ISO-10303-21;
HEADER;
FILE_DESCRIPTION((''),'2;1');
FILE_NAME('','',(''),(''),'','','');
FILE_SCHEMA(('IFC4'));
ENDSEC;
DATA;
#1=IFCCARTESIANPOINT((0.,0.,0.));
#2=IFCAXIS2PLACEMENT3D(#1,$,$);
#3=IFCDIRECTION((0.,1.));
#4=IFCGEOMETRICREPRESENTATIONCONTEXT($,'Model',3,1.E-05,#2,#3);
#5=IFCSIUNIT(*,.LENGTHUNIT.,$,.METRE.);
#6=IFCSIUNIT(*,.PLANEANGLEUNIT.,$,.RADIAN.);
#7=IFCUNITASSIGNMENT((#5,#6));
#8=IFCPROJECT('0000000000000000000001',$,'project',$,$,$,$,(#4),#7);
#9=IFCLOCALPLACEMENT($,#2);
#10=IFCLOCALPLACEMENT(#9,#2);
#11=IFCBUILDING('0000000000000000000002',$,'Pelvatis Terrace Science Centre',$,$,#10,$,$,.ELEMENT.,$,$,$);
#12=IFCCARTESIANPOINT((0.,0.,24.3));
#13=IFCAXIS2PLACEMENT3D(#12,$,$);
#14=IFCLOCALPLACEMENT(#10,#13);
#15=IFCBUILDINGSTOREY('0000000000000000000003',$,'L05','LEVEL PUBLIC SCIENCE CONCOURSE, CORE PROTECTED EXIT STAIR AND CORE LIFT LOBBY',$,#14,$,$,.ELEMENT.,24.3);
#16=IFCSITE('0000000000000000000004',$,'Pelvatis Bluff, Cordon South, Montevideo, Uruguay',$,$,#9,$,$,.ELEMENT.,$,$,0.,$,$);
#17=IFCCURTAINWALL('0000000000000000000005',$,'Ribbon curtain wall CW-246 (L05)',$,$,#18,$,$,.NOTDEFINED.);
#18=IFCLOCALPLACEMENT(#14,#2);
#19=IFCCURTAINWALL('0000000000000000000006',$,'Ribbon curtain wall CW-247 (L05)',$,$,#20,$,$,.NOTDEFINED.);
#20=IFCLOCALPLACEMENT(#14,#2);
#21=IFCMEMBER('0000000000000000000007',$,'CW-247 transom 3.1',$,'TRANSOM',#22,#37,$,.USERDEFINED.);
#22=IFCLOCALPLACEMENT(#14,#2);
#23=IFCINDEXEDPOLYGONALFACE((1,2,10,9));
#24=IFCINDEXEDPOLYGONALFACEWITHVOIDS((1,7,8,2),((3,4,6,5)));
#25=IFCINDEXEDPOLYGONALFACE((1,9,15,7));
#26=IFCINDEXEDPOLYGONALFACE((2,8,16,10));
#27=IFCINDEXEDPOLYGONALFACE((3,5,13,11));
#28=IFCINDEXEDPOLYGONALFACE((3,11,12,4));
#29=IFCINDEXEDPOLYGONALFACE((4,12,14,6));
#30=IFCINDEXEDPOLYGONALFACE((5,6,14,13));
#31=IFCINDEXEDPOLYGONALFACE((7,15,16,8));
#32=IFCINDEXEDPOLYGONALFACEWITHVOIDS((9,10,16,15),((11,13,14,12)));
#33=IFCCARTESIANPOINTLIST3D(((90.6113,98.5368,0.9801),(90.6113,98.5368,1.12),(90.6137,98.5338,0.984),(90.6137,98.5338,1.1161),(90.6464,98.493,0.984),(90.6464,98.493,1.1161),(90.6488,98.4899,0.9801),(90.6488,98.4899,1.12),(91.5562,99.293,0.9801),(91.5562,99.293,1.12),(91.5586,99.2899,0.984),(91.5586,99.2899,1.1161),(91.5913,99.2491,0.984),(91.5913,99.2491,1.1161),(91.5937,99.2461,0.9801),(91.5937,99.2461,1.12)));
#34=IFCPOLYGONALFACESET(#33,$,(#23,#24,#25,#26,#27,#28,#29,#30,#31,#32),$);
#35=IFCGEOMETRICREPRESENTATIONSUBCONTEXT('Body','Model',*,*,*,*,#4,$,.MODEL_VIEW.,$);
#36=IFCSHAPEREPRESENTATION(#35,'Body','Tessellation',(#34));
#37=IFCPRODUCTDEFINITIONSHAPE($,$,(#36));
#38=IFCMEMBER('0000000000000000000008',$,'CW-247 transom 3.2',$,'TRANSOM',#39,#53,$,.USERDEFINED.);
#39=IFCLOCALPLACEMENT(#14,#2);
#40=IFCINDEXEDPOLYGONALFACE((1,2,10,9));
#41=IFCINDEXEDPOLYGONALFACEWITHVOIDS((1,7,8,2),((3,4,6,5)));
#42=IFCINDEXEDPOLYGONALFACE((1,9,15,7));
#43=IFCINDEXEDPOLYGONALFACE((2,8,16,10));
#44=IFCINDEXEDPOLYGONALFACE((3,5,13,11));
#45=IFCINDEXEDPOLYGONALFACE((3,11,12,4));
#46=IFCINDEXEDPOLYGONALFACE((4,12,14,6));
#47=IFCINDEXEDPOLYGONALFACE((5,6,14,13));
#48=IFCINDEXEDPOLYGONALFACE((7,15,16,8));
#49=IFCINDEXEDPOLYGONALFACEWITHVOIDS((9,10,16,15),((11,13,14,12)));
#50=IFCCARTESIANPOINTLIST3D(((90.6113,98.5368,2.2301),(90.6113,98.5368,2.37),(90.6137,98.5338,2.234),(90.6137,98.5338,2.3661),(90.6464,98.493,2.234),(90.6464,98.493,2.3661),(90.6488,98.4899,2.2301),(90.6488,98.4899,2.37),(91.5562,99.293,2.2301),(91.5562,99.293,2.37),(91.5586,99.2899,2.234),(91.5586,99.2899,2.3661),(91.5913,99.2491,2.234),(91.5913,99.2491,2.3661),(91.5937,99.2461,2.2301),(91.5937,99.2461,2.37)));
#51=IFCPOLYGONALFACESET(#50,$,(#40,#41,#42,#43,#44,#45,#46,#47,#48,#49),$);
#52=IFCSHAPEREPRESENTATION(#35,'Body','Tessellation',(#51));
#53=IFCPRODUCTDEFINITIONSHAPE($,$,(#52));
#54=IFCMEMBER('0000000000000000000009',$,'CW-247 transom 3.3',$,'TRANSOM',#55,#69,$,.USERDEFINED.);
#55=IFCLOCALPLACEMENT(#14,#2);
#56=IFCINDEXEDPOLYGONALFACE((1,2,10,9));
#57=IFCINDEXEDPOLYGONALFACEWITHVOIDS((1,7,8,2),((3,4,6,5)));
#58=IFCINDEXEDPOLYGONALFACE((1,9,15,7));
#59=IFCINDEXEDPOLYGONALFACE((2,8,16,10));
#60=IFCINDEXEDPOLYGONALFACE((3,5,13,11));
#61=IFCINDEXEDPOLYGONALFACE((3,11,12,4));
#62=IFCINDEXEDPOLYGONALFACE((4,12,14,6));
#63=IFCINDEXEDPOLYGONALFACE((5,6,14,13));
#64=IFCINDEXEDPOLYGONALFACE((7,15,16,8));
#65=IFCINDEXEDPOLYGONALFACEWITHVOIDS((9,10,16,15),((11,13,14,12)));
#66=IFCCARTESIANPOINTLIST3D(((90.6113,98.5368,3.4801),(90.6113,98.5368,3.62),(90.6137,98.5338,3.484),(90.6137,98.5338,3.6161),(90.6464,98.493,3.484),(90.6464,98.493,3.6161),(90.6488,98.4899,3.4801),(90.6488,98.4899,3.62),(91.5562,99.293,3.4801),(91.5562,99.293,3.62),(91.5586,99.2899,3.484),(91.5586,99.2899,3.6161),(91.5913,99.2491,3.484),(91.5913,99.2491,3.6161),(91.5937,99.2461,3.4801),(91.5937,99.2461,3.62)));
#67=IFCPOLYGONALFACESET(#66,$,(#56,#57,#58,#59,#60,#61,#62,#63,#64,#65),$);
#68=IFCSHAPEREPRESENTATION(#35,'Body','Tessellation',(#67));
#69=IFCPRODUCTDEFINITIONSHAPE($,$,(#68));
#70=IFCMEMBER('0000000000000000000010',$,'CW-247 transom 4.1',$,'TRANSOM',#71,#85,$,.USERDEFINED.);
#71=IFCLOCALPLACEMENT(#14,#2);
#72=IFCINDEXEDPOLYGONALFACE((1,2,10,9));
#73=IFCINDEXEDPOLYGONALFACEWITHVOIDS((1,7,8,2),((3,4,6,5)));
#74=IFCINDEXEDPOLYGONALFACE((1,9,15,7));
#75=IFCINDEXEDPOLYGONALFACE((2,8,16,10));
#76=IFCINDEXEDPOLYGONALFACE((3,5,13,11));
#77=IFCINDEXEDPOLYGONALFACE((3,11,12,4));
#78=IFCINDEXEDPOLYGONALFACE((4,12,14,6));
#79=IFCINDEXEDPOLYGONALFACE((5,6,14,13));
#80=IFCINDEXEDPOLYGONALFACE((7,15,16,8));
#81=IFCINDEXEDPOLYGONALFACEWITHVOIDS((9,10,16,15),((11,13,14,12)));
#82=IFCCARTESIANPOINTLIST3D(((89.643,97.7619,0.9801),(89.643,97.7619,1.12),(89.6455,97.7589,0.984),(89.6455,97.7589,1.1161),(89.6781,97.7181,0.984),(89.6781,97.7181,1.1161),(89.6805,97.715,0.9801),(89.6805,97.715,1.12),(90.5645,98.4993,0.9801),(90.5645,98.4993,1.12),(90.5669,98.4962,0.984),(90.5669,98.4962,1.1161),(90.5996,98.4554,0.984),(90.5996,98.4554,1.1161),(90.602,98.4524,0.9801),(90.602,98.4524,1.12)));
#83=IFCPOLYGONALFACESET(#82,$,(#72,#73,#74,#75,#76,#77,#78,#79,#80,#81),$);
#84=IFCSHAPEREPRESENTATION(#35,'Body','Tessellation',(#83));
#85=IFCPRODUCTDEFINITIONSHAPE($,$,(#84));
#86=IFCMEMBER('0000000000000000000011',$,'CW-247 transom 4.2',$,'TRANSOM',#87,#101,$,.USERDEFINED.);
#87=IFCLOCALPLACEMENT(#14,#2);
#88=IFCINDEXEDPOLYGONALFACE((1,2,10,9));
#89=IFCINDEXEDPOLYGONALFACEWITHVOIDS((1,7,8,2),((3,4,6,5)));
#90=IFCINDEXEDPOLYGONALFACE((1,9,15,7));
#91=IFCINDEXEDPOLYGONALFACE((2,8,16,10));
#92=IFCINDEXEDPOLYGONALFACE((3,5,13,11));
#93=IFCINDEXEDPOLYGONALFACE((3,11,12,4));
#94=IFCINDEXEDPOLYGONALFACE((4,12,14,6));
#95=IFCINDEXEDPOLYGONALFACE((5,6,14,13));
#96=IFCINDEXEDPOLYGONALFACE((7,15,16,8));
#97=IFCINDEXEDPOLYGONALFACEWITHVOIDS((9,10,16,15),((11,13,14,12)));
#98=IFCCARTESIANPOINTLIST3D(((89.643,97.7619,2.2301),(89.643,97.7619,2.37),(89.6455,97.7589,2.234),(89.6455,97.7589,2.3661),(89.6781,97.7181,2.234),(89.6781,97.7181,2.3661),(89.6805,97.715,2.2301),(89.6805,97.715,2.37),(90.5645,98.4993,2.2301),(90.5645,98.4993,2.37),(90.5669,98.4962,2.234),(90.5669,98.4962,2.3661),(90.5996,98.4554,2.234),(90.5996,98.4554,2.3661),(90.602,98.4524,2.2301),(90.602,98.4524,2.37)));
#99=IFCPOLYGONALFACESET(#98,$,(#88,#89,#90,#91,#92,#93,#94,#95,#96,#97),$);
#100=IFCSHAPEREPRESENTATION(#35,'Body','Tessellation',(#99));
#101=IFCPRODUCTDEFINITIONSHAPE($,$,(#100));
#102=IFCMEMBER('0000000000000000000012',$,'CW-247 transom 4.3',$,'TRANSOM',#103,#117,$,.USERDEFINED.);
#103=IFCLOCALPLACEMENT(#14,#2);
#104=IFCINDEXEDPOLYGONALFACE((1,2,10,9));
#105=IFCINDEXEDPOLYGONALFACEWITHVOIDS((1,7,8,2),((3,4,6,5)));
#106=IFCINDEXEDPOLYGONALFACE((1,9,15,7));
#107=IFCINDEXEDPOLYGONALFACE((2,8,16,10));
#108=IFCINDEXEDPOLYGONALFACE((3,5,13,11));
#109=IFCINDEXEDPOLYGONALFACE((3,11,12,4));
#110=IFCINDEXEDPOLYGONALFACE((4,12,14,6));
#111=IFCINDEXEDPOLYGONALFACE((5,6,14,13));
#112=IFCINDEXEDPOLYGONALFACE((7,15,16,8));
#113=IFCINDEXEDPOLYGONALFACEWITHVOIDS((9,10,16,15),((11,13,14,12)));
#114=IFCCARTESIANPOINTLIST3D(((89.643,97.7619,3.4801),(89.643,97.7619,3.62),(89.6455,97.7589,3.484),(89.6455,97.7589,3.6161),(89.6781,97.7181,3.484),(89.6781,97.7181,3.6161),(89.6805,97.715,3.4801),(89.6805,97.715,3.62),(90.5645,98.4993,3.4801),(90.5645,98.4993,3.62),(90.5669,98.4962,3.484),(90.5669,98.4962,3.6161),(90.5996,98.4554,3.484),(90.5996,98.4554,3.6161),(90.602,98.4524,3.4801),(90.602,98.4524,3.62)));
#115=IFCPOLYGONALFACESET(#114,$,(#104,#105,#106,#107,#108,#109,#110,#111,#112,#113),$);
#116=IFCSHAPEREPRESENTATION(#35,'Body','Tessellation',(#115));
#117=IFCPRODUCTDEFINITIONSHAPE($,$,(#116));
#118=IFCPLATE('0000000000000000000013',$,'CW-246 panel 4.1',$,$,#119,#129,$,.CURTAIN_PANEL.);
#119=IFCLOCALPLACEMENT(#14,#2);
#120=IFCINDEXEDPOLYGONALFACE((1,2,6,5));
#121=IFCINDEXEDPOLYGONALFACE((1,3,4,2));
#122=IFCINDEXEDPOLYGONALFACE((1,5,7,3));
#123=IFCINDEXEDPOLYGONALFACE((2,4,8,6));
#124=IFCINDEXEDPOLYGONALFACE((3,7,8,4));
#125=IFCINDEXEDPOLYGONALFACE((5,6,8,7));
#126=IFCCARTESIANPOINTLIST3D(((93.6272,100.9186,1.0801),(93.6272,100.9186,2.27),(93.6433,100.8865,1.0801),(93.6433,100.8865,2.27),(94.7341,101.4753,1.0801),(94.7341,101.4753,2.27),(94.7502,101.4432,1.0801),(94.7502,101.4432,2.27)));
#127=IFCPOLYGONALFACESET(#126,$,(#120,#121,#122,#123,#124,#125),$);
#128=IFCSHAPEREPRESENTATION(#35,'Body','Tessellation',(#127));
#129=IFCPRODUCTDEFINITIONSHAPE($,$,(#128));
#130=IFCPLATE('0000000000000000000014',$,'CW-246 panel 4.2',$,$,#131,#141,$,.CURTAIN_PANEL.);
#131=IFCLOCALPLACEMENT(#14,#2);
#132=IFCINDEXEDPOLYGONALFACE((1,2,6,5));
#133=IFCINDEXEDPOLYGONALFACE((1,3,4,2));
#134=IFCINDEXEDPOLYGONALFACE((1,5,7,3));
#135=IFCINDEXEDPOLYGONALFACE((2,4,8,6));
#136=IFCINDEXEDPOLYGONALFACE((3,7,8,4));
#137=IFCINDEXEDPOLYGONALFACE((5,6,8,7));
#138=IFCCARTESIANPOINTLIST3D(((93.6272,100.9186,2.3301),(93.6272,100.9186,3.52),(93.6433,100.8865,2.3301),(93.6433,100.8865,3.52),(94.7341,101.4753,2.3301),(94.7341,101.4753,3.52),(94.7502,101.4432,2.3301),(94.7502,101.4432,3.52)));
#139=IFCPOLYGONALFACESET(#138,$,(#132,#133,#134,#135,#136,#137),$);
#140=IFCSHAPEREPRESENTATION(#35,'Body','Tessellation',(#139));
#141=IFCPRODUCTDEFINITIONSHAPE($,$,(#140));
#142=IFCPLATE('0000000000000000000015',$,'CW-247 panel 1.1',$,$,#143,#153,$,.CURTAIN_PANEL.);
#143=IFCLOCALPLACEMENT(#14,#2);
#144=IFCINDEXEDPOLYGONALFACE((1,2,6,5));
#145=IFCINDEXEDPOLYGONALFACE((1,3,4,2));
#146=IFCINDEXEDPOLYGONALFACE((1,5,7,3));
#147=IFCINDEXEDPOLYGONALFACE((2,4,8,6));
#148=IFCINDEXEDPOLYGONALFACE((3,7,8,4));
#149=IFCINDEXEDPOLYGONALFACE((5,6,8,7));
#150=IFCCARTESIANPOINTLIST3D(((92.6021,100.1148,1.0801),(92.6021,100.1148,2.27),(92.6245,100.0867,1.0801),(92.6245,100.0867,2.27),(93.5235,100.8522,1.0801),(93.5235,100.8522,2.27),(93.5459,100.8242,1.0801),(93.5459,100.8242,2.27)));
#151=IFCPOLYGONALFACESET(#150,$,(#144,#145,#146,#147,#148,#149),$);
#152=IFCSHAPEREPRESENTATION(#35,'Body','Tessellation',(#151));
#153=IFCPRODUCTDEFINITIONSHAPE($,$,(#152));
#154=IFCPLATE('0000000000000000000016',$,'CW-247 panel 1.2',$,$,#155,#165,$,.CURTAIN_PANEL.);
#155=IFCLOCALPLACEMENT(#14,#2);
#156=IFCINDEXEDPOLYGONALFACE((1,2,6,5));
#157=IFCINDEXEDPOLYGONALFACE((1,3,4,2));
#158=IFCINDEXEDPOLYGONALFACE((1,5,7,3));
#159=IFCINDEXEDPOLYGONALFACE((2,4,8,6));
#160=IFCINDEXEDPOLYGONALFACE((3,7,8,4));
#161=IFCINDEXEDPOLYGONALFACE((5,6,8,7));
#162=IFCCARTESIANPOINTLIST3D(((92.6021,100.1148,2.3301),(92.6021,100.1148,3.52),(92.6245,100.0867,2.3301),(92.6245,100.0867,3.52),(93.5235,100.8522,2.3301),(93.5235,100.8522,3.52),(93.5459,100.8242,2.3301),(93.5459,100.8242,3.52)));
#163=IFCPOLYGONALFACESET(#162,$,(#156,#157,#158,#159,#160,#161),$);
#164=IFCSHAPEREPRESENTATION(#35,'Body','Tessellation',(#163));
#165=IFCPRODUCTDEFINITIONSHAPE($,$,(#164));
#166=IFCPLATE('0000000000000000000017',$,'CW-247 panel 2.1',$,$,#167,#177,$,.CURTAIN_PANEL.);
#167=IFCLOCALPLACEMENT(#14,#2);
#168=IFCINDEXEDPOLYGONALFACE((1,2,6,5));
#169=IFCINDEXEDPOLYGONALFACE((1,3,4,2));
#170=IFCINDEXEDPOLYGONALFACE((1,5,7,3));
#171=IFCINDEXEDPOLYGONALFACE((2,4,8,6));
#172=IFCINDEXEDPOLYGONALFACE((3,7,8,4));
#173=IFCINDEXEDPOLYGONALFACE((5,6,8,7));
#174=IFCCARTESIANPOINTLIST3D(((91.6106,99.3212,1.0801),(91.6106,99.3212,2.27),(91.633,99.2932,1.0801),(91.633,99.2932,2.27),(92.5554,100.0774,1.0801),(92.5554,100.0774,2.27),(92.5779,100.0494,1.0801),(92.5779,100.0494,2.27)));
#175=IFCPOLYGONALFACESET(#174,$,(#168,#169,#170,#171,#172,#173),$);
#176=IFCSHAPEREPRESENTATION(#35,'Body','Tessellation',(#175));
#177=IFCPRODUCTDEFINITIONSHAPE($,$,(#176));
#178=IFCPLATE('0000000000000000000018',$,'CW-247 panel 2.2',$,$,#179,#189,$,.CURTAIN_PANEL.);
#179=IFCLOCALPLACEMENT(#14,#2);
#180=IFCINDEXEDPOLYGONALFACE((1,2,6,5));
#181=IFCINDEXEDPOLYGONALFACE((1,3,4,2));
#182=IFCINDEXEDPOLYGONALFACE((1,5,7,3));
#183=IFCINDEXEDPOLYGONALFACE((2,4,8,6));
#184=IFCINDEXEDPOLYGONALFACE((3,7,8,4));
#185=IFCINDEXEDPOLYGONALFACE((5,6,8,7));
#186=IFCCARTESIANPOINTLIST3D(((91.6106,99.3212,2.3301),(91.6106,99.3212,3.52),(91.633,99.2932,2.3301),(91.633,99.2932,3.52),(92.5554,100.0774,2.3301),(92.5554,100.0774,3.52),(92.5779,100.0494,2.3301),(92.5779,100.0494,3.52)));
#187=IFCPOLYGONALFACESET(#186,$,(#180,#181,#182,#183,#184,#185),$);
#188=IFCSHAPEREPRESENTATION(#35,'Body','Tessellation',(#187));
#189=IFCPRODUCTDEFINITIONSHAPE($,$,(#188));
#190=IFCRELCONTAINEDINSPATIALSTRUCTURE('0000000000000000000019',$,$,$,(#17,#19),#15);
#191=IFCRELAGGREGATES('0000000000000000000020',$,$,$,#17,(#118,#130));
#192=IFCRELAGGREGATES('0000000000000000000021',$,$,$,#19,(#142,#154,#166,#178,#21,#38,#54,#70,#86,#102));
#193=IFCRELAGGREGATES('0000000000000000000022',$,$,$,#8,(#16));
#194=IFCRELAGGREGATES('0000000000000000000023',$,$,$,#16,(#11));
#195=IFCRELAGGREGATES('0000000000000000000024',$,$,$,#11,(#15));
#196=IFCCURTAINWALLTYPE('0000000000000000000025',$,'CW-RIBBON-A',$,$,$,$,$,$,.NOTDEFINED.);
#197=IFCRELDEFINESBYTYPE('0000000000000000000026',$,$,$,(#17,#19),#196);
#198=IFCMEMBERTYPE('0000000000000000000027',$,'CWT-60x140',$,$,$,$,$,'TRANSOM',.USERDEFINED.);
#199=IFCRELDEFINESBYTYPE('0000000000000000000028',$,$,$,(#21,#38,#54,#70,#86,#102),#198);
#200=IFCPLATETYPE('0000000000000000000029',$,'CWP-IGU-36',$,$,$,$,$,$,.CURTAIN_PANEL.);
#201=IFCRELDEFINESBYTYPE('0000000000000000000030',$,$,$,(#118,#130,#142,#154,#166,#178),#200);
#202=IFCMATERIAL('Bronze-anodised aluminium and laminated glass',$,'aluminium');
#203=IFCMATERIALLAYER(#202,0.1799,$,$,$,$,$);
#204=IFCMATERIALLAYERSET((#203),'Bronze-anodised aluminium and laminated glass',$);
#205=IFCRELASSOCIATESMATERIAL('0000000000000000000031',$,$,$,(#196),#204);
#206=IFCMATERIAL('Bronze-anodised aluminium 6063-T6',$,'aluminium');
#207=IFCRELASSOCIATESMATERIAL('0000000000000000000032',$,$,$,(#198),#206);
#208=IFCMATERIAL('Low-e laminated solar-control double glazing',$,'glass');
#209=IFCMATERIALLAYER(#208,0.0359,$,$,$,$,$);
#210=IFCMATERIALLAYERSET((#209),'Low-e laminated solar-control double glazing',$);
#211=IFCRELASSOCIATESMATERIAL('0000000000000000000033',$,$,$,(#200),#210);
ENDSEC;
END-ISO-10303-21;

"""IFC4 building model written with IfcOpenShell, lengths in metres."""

from ifc_helpers import new_model, si_unit, direction, frame, origin, origin_2d, place, context, subcontext, project, spatial, rectangle, hollow_rectangle, extrude, material, layer, layer_set, material_profile, profile_set, type_object, element, aggregate, save


model = new_model("IFC4")

# Units and contexts
model_context = context("Model", 3, precision=1e-05, world=origin(), true_north=direction((0.0, 1.0)))
body_context = subcontext(model_context, "Body", "Model", "MODEL_VIEW")
ifc_project = project(units=[si_unit("LENGTHUNIT", "METRE"), si_unit("PLANEANGLEUNIT", "RADIAN")], contexts=[model_context])

# Site, building, storey
site_placement = place(None, origin())
site = spatial("IfcSite", under=ifc_project, at=site_placement, Name="Pelvatis Bluff, Cordon South, Montevideo, Uruguay", CompositionType="ELEMENT", RefElevation=0.0)
building_placement = place(site_placement, origin())
building = spatial("IfcBuilding", under=site, at=building_placement, Name="Pelvatis Terrace Science Centre", CompositionType="ELEMENT")
storey_placement = place(building_placement, frame((0.0, 0.0, 24.3)))
storey = spatial("IfcBuildingStorey", under=building, at=storey_placement, Name="L05", Description="LEVEL PUBLIC SCIENCE CONCOURSE, CORE PROTECTED EXIT STAIR AND CORE LIFT LOBBY", CompositionType="ELEMENT", Elevation=24.3)

# Curtain wall
ifc_material_1 = material(Name="Bronze-anodised aluminium and laminated glass", Category="aluminium")
ifc_layer_1 = layer(ifc_material_1, 0.1799)
ifc_layer_set_1 = layer_set([ifc_layer_1], Name="Bronze-anodised aluminium and laminated glass")
curtain_wall_type = type_object("IfcCurtainWallType", Name="CW-RIBBON-A", PredefinedType="NOTDEFINED", material=ifc_layer_set_1)
curtain_wall_1_placement = place(storey_placement, origin())
curtain_wall_1 = element("IfcCurtainWall", 1, at=curtain_wall_1_placement, inside=storey, type_object=curtain_wall_type, Name="Ribbon curtain wall CW-246 (L05)", PredefinedType="NOTDEFINED")

# Curtain wall, members
curtain_wall_2_placement = place(storey_placement, origin())
curtain_wall_2 = element("IfcCurtainWall", 2, at=curtain_wall_2_placement, inside=storey, type_object=curtain_wall_type, Name="Ribbon curtain wall CW-247 (L05)", PredefinedType="NOTDEFINED")
ifc_material_2 = material(Name="Bronze-anodised aluminium 6063-T6", Category="aluminium")
ifc_material_profile_1 = material_profile(ifc_material_2, hollow_rectangle(XDim=0.0601, YDim=0.1399, WallThickness=0.0039, at=origin_2d()), Name="ALU-TRN 60x140")
ifc_profile_set_1 = profile_set([ifc_material_profile_1], Name="Bronze-anodised aluminium 6063-T6")
member_type_1 = type_object("IfcMemberType", Name="CWT-60x140", ElementType="TRANSOM", PredefinedType="USERDEFINED", material=ifc_profile_set_1)
member_1_placement = place(storey_placement, frame((91.575, 99.2695, 1.05), z_axis=(-0.78077, -0.624818, 0.0), x_axis=(0.624818, -0.78077, 0.0)))
member_1 = element("IfcMember", 3, at=member_1_placement, type_object=member_type_1, Name="CW-247 transom 3.1", ObjectType="TRANSOM", PredefinedType="USERDEFINED", context=body_context, shape_type="SweptSolid", body=[
    extrude(hollow_rectangle(XDim=0.0601, YDim=0.1399, WallThickness=0.0039, at=origin_2d()), origin(), (0.0, 0.0, 1.0), 1.2102),
])
member_2_placement = place(storey_placement, frame((91.575, 99.2695, 2.3), z_axis=(-0.78077, -0.624818, 0.0), x_axis=(0.624818, -0.78077, 0.0)))
member_2 = element("IfcMember", 4, at=member_2_placement, type_object=member_type_1, Name="CW-247 transom 3.2", ObjectType="TRANSOM", PredefinedType="USERDEFINED", context=body_context, shape_type="SweptSolid", body=[
    extrude(hollow_rectangle(XDim=0.0601, YDim=0.1399, WallThickness=0.0039, at=origin_2d()), origin(), (0.0, 0.0, 1.0), 1.2102),
])
member_3_placement = place(storey_placement, frame((91.575, 99.2695, 3.55), z_axis=(-0.78077, -0.624818, 0.0), x_axis=(0.624818, -0.78077, 0.0)))
member_3 = element("IfcMember", 5, at=member_3_placement, type_object=member_type_1, Name="CW-247 transom 3.3", ObjectType="TRANSOM", PredefinedType="USERDEFINED", context=body_context, shape_type="SweptSolid", body=[
    extrude(hollow_rectangle(XDim=0.0601, YDim=0.1399, WallThickness=0.0039, at=origin_2d()), origin(), (0.0, 0.0, 1.0), 1.2102),
])
member_4_placement = place(storey_placement, frame((90.5833, 98.4758, 1.05), z_axis=(-0.780788, -0.624796, 0.0), x_axis=(0.624796, -0.780788, 0.0)))
member_4 = element("IfcMember", 6, at=member_4_placement, type_object=member_type_1, Name="CW-247 transom 4.1", ObjectType="TRANSOM", PredefinedType="USERDEFINED", context=body_context, shape_type="SweptSolid", body=[
    extrude(hollow_rectangle(XDim=0.0601, YDim=0.1399, WallThickness=0.0039, at=origin_2d()), origin(), (0.0, 0.0, 1.0), 1.1802),
])
member_5_placement = place(storey_placement, frame((90.5833, 98.4758, 2.3), z_axis=(-0.780788, -0.624796, 0.0), x_axis=(0.624796, -0.780788, 0.0)))
member_5 = element("IfcMember", 7, at=member_5_placement, type_object=member_type_1, Name="CW-247 transom 4.2", ObjectType="TRANSOM", PredefinedType="USERDEFINED", context=body_context, shape_type="SweptSolid", body=[
    extrude(hollow_rectangle(XDim=0.0601, YDim=0.1399, WallThickness=0.0039, at=origin_2d()), origin(), (0.0, 0.0, 1.0), 1.1802),
])
member_6_placement = place(storey_placement, frame((90.5833, 98.4758, 3.55), z_axis=(-0.780788, -0.624796, 0.0), x_axis=(0.624796, -0.780788, 0.0)))
member_6 = element("IfcMember", 8, at=member_6_placement, type_object=member_type_1, Name="CW-247 transom 4.3", ObjectType="TRANSOM", PredefinedType="USERDEFINED", context=body_context, shape_type="SweptSolid", body=[
    extrude(hollow_rectangle(XDim=0.0601, YDim=0.1399, WallThickness=0.0039, at=origin_2d()), origin(), (0.0, 0.0, 1.0), 1.1802),
])

# Plates
ifc_material_3 = material(Name="Low-e laminated solar-control double glazing", Category="glass")
ifc_layer_2 = layer(ifc_material_3, 0.0359)
ifc_layer_set_2 = layer_set([ifc_layer_2], Name="Low-e laminated solar-control double glazing")
plate_type = type_object("IfcPlateType", Name="CWP-IGU-36", PredefinedType="CURTAIN_PANEL", material=ifc_layer_set_2)
plate_1_placement = place(storey_placement, frame((94.1887, 101.1809, 1.0801), z_axis=(0.0, 0.0, 1.0), x_axis=(-0.893379, -0.449304, 0.0)))
plate_1 = element("IfcPlate", 9, at=plate_1_placement, type_object=plate_type, Name="CW-246 panel 4.1", PredefinedType="CURTAIN_PANEL", context=body_context, shape_type="SweptSolid", body=[
    extrude(rectangle(XDim=1.239, YDim=0.0359, at=origin_2d()), origin(), (0.0, 0.0, 1.0), 1.1899),
])
plate_2_placement = place(storey_placement, frame((94.1887, 101.1809, 2.3301), z_axis=(0.0, 0.0, 1.0), x_axis=(-0.893379, -0.449304, 0.0)))
plate_2 = element("IfcPlate", 10, at=plate_2_placement, type_object=plate_type, Name="CW-246 panel 4.2", PredefinedType="CURTAIN_PANEL", context=body_context, shape_type="SweptSolid", body=[
    extrude(rectangle(XDim=1.239, YDim=0.0359, at=origin_2d()), origin(), (0.0, 0.0, 1.0), 1.1899),
])
aggregate(curtain_wall_1, [plate_1, plate_2])
plate_3_placement = place(storey_placement, frame((93.074, 100.4695, 1.0801), z_axis=(0.0, 0.0, 1.0), x_axis=(-0.780725, -0.624875, 0.0)))
plate_3 = element("IfcPlate", 11, at=plate_3_placement, type_object=plate_type, Name="CW-247 panel 1.1", PredefinedType="CURTAIN_PANEL", context=body_context, shape_type="SweptSolid", body=[
    extrude(rectangle(XDim=1.1802, YDim=0.0359, at=origin_2d()), origin(), (0.0, 0.0, 1.0), 1.1899),
])
plate_4_placement = place(storey_placement, frame((93.074, 100.4695, 2.3301), z_axis=(0.0, 0.0, 1.0), x_axis=(-0.780725, -0.624875, 0.0)))
plate_4 = element("IfcPlate", 12, at=plate_4_placement, type_object=plate_type, Name="CW-247 panel 1.2", PredefinedType="CURTAIN_PANEL", context=body_context, shape_type="SweptSolid", body=[
    extrude(rectangle(XDim=1.1802, YDim=0.0359, at=origin_2d()), origin(), (0.0, 0.0, 1.0), 1.1899),
])
plate_5_placement = place(storey_placement, frame((92.0942, 99.6853, 1.0801), z_axis=(0.0, 0.0, 1.0), x_axis=(-0.780725, -0.624875, 0.0)))
plate_5 = element("IfcPlate", 13, at=plate_5_placement, type_object=plate_type, Name="CW-247 panel 2.1", PredefinedType="CURTAIN_PANEL", context=body_context, shape_type="SweptSolid", body=[
    extrude(rectangle(XDim=1.2102, YDim=0.0359, at=origin_2d()), origin(), (0.0, 0.0, 1.0), 1.1899),
])
plate_6_placement = place(storey_placement, frame((92.0942, 99.6853, 2.3301), z_axis=(0.0, 0.0, 1.0), x_axis=(-0.780725, -0.624875, 0.0)))
plate_6 = element("IfcPlate", 14, at=plate_6_placement, type_object=plate_type, Name="CW-247 panel 2.2", PredefinedType="CURTAIN_PANEL", context=body_context, shape_type="SweptSolid", body=[
    extrude(rectangle(XDim=1.2102, YDim=0.0359, at=origin_2d()), origin(), (0.0, 0.0, 1.0), 1.1899),
])
aggregate(curtain_wall_2, [plate_3, plate_4, plate_5, plate_6, member_1, member_2, member_3, member_4, member_5, member_6])

save(model, "model.ifc")
